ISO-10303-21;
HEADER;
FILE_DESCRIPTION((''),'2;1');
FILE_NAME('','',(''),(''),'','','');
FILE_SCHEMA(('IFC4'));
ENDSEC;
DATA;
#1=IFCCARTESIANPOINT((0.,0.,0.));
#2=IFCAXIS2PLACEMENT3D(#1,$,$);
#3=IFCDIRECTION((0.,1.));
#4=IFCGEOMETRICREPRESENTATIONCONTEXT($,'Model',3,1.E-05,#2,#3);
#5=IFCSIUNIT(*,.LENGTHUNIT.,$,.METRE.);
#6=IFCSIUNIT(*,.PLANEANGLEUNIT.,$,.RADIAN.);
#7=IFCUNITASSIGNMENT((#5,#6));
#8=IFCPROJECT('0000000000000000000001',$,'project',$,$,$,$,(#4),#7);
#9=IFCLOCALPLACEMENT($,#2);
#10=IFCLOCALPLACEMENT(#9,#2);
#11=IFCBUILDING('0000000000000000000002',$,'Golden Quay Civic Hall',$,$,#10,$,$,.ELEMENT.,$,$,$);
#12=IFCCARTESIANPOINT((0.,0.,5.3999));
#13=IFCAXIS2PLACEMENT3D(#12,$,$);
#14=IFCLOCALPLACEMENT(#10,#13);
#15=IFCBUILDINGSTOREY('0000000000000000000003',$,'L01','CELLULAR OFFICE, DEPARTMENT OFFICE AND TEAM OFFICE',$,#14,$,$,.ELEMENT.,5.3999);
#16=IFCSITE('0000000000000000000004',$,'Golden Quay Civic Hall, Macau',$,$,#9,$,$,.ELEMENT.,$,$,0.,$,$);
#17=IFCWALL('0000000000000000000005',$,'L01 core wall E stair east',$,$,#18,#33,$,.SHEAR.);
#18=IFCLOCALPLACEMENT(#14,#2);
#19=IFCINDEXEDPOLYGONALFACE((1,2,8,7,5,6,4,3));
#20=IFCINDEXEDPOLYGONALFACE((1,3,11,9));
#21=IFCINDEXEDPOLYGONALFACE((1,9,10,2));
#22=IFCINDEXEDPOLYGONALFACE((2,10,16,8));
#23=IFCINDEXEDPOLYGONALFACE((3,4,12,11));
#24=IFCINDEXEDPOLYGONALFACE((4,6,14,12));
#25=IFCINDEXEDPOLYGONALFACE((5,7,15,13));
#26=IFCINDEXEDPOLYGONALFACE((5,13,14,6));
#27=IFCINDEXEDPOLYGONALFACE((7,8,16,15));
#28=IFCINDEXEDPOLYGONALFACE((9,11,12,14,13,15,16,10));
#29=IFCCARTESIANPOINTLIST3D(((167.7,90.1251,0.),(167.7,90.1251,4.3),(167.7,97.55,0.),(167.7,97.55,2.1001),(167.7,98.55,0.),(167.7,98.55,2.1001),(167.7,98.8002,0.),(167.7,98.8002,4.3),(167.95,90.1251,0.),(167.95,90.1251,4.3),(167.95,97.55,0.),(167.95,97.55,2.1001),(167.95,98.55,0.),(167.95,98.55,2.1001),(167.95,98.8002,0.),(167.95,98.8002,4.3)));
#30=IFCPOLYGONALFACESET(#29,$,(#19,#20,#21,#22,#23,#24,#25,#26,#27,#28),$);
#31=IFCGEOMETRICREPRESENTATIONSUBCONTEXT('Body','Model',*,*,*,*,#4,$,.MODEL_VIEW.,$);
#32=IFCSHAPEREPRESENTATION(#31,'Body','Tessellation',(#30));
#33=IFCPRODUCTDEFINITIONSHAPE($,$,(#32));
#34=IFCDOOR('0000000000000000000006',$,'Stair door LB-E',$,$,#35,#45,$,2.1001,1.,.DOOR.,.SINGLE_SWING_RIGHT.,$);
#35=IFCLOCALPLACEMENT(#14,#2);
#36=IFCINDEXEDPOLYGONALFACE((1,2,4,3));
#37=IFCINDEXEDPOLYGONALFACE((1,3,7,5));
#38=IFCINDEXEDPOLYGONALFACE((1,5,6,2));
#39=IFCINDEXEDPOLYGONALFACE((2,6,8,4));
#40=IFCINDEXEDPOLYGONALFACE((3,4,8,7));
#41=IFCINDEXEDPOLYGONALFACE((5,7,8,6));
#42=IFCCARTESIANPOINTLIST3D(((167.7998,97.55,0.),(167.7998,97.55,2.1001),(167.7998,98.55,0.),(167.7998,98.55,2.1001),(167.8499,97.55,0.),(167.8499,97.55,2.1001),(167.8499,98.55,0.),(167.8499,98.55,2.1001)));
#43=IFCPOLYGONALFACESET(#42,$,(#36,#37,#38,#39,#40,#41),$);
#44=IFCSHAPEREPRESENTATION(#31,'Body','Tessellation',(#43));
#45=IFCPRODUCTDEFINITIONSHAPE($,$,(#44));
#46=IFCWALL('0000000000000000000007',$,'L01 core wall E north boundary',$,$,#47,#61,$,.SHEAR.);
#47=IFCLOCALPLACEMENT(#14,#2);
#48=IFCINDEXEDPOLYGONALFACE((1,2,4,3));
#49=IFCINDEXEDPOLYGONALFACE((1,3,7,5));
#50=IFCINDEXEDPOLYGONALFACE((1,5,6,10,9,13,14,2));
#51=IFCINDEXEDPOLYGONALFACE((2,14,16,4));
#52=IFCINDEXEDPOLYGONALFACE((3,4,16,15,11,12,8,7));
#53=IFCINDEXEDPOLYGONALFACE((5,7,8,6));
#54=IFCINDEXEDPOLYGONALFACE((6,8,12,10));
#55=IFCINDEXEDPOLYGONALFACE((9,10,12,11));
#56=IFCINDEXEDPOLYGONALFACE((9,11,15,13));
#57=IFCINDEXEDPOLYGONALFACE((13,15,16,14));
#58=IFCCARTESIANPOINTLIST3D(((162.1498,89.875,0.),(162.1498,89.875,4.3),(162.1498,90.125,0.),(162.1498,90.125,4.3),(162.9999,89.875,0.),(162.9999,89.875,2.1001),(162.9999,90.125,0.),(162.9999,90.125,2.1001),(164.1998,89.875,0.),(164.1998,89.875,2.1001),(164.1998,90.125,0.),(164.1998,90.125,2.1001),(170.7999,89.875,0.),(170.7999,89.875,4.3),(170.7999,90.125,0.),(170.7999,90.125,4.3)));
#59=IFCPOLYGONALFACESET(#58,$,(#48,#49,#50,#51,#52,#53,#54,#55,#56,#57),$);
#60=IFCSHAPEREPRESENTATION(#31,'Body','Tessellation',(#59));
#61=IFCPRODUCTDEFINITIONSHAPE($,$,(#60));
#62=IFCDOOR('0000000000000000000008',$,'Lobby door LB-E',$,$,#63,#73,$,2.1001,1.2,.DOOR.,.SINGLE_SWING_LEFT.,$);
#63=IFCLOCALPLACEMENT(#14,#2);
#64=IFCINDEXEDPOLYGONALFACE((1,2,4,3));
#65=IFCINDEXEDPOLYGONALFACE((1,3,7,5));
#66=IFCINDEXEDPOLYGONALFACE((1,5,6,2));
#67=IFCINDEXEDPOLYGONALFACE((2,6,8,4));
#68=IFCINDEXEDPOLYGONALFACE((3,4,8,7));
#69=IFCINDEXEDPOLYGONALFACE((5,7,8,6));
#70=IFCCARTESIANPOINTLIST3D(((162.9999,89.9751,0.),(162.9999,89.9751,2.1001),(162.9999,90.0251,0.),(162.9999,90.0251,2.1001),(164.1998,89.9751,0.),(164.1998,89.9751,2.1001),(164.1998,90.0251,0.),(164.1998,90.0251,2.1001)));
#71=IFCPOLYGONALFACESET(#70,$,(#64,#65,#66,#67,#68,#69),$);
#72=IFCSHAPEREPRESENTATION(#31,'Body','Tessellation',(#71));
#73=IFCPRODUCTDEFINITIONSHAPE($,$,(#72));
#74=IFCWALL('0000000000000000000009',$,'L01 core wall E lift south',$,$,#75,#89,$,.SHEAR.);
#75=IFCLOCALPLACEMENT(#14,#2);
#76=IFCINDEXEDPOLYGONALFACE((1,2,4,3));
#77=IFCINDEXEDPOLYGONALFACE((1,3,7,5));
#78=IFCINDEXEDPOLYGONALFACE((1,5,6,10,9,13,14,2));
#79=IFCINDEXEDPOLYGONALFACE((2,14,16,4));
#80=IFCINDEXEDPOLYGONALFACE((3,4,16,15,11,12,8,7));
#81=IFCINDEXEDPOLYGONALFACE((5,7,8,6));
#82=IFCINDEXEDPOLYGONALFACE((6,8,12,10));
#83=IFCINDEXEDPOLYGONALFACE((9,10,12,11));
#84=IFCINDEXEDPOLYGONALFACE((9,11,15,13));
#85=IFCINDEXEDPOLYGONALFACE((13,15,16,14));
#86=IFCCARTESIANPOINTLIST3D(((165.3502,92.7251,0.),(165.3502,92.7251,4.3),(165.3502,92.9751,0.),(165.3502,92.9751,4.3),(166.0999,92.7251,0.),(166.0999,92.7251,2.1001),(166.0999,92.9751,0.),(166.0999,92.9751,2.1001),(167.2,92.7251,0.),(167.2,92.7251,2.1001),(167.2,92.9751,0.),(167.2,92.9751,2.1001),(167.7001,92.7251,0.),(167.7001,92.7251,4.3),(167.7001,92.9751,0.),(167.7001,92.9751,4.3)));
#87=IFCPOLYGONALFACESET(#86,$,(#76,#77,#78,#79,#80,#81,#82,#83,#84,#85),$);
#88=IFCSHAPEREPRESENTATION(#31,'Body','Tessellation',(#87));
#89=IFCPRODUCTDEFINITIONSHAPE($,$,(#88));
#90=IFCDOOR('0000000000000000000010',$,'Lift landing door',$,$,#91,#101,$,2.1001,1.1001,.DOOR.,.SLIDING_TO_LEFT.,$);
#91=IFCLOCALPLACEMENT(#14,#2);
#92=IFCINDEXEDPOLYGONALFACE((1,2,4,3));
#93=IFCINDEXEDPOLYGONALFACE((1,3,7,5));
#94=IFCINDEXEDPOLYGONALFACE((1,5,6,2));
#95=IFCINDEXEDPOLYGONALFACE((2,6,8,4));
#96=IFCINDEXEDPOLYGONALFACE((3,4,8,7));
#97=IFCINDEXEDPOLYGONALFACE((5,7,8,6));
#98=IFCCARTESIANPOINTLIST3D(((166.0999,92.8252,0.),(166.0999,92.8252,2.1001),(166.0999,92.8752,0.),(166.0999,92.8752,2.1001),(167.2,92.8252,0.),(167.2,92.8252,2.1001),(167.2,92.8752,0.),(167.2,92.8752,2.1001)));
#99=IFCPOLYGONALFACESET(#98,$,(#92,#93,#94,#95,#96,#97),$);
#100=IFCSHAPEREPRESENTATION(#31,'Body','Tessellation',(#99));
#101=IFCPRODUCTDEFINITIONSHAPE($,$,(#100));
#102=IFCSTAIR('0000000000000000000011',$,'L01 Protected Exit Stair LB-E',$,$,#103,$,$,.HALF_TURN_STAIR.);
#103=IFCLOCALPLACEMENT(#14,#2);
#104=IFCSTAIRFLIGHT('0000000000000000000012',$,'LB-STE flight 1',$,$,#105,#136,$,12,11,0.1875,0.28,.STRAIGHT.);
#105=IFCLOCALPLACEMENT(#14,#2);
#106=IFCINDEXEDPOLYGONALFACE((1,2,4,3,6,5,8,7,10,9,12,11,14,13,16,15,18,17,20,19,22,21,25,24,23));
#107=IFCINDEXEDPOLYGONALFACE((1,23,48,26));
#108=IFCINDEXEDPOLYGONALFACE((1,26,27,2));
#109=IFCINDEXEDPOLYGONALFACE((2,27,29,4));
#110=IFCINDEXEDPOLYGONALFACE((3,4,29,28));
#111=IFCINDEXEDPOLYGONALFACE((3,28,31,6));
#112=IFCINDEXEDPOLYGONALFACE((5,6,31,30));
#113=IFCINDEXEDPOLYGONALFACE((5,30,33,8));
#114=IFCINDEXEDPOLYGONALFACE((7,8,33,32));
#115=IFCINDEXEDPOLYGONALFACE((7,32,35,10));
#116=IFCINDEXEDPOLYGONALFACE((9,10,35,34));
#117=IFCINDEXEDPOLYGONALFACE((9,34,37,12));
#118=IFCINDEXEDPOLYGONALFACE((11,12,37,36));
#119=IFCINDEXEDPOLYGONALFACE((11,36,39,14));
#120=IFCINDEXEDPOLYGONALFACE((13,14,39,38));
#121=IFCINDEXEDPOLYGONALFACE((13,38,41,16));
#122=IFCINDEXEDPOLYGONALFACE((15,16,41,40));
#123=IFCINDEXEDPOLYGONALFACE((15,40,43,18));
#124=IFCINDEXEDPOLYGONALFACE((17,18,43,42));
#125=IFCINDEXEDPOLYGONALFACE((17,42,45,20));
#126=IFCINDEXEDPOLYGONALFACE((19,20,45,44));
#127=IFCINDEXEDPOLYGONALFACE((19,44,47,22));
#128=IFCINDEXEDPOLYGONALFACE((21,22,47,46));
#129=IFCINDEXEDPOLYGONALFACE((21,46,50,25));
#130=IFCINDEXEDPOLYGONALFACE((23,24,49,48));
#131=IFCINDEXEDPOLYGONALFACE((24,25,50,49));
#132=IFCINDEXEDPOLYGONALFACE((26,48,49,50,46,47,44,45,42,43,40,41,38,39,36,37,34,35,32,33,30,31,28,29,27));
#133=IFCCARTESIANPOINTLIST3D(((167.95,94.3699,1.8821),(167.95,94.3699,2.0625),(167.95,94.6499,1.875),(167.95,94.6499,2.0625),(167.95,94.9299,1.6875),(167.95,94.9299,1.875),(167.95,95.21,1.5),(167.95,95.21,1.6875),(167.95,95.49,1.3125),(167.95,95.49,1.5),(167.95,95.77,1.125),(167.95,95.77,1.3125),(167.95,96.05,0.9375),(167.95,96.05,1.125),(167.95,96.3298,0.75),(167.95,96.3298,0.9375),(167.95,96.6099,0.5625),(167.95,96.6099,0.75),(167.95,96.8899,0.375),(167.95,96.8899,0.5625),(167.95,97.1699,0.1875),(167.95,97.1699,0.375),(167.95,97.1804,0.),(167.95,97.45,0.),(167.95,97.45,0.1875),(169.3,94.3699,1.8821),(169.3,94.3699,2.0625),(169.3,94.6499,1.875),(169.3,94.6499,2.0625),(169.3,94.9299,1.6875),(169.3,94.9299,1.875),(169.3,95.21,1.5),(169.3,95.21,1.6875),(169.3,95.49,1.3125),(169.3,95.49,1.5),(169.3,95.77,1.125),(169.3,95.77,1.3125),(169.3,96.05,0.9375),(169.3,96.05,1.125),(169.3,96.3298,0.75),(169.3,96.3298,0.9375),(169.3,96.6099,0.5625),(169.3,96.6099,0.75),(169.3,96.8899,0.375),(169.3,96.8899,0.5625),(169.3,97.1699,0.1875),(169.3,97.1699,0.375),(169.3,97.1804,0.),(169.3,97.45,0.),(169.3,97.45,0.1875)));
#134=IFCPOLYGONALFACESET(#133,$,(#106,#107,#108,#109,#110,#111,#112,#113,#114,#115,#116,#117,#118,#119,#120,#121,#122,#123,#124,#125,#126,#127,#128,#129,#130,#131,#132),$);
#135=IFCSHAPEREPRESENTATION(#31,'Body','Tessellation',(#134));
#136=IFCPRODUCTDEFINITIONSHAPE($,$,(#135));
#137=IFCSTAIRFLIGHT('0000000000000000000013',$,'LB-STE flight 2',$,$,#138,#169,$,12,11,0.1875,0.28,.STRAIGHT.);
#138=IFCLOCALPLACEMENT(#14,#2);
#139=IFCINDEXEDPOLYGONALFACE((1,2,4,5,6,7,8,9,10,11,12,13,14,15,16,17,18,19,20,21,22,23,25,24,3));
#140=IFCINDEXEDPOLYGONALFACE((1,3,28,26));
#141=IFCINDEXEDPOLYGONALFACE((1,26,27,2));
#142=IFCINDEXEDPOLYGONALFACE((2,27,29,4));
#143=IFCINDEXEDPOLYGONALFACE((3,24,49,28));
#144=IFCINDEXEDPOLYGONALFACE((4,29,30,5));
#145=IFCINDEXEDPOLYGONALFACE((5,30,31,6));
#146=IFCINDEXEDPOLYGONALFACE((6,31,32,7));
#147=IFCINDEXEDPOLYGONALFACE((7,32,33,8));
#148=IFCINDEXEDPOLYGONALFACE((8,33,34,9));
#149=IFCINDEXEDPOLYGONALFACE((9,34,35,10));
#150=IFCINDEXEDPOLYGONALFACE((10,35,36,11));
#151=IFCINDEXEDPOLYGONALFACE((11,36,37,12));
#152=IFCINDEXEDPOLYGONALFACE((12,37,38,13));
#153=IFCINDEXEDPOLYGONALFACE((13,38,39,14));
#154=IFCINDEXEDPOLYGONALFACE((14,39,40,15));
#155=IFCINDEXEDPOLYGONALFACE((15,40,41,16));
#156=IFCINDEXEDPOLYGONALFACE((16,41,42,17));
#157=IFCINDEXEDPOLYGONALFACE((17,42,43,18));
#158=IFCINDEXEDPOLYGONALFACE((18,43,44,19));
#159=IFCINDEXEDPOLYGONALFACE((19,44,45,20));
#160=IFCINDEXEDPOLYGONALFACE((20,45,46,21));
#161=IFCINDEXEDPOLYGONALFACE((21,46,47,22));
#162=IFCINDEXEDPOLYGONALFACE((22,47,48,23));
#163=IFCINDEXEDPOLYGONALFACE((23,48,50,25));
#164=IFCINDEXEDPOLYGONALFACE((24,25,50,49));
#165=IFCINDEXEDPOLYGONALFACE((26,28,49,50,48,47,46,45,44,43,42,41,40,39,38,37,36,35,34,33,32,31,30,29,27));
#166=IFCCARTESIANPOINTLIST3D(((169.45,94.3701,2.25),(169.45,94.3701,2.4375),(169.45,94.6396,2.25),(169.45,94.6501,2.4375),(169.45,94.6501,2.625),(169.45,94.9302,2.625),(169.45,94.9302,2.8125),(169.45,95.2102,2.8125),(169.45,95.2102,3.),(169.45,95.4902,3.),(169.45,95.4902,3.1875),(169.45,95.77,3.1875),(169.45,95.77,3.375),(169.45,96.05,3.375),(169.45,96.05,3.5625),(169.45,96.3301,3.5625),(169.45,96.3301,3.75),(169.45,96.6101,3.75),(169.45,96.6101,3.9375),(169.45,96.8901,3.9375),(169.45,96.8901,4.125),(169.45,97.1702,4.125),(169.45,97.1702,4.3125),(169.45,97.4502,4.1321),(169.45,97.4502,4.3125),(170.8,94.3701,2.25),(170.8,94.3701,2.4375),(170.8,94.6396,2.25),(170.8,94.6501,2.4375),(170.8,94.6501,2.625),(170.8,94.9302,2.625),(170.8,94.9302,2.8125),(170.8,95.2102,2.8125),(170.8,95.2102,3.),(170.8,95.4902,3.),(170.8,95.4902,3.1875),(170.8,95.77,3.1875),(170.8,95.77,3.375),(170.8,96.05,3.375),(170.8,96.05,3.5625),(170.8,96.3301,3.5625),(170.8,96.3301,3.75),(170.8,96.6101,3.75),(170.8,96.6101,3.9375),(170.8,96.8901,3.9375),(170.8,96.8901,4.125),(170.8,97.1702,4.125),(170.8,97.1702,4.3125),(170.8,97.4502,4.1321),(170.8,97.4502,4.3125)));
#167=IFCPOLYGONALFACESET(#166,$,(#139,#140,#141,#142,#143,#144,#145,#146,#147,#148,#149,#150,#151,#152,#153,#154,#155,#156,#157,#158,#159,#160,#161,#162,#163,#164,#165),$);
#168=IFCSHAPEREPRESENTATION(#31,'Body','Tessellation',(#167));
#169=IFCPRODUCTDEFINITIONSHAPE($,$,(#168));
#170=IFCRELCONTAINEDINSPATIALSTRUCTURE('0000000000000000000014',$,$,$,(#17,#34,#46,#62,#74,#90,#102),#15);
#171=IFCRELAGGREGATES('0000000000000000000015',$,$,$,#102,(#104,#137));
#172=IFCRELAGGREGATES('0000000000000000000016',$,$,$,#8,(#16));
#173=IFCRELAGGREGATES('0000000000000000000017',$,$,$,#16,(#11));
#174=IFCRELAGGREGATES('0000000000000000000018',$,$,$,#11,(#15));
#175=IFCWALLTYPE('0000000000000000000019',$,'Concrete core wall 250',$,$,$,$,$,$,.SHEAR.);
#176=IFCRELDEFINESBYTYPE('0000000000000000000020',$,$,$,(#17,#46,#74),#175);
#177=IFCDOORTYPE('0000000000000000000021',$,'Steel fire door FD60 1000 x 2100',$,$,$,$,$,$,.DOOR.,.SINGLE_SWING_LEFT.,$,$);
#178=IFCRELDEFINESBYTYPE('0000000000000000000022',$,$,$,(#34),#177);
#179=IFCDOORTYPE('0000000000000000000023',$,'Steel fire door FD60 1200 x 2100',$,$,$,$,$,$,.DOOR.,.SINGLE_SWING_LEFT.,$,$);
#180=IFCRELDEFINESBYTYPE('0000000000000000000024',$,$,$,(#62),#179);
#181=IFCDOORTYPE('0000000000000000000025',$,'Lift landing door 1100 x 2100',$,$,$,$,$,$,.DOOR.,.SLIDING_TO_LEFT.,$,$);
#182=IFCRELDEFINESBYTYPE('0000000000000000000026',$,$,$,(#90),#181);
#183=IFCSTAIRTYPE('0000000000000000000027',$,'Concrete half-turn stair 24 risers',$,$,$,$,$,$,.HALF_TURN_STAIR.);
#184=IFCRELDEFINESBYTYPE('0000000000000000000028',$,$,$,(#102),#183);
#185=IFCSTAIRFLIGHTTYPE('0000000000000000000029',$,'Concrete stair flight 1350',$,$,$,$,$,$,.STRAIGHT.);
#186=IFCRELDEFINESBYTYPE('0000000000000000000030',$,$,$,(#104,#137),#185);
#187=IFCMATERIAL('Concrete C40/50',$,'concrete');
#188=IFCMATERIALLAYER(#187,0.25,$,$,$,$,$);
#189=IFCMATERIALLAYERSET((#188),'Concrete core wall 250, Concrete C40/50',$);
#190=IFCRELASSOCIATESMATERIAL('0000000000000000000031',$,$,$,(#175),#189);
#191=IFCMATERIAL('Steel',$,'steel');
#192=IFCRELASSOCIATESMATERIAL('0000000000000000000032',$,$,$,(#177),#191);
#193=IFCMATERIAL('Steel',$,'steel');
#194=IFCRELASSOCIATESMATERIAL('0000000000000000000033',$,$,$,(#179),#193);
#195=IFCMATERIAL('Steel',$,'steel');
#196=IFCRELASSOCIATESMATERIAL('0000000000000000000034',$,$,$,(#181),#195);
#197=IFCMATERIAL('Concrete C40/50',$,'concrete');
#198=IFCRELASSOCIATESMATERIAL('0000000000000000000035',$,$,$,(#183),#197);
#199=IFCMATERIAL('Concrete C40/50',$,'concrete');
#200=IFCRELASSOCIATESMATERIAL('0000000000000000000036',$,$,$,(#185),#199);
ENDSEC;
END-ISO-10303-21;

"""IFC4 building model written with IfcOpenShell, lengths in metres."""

from ifc_helpers import new_model, si_unit, direction, frame, frame_2d, origin, place, context, subcontext, project, spatial, polyline, rectangle, outline, extrude, material, layer, layer_set, type_object, element, fill, aggregate, save


model = new_model("IFC4")

# Units and contexts
model_context = context("Model", 3, precision=1e-05, world=origin(), true_north=direction((0.0, 1.0)))
body_context = subcontext(model_context, "Body", "Model", "MODEL_VIEW")
ifc_project = project(units=[si_unit("LENGTHUNIT", "METRE"), si_unit("PLANEANGLEUNIT", "RADIAN")], contexts=[model_context])

# Site, building, storey
site_placement = place(None, origin())
site = spatial("IfcSite", under=ifc_project, at=site_placement, Name="Golden Quay Civic Hall, Macau", CompositionType="ELEMENT", RefElevation=0.0)
building_placement = place(site_placement, origin())
building = spatial("IfcBuilding", under=site, at=building_placement, Name="Golden Quay Civic Hall", CompositionType="ELEMENT")
storey_placement = place(building_placement, frame((0.0, 0.0, 5.3999)))
storey = spatial("IfcBuildingStorey", under=building, at=storey_placement, Name="L01", Description="CELLULAR OFFICE, DEPARTMENT OFFICE AND TEAM OFFICE", CompositionType="ELEMENT", Elevation=5.3999)

# Walls, openings, doors
ifc_material_1 = material(Name="Concrete C40/50", Category="concrete")
ifc_layer = layer(ifc_material_1, 0.25)
ifc_layer_set = layer_set([ifc_layer], Name="Concrete core wall 250, Concrete C40/50")
wall_type = type_object("IfcWallType", Name="Concrete core wall 250", PredefinedType="SHEAR", material=ifc_layer_set)
wall_1_placement = place(storey_placement, frame((167.825, 98.8, 0.0), z_axis=(0.0, 0.0, 1.0), x_axis=(0.0, -1.0, 0.0)))
wall_1 = element("IfcWall", 1, at=wall_1_placement, inside=storey, type_object=wall_type, Name="L01 core wall E stair east", PredefinedType="SHEAR", context=body_context, shape_type="SweptSolid", body=[
    extrude(rectangle(XDim=8.675, YDim=0.25, at=frame_2d((4.3374, 0.0))), origin(), (0.0, 0.0, 1.0), 4.3),
])
opening_1_placement = place(wall_1_placement, frame((0.25, 0.0, 0.0)))
opening_1 = element("IfcOpeningElement", 2, at=opening_1_placement, cuts=wall_1, PredefinedType="OPENING", context=body_context, shape_type="SweptSolid", body=[
    extrude(rectangle(XDim=1.0, YDim=2.1001, at=frame_2d((0.5, 1.05))), frame((0.0, 0.135, 0.0), z_axis=(0.0, -1.0, 0.0), x_axis=(1.0, 0.0, 0.0)), (0.0, 0.0, 1.0), 0.27),
])
ifc_material_2 = material(Name="Steel", Category="steel")
door_type_1 = type_object("IfcDoorType", Name="Steel fire door FD60 1000 x 2100", OperationType="SINGLE_SWING_LEFT", PredefinedType="DOOR", material=ifc_material_2)
door_1_placement = place(opening_1_placement, frame((1.0, 0.0, 0.0), z_axis=(0.0, 0.0, 1.0), x_axis=(-1.0, 0.0, 0.0)))
door_1 = element("IfcDoor", 3, at=door_1_placement, inside=storey, type_object=door_type_1, Name="Stair door LB-E", OperationType="SINGLE_SWING_RIGHT", OverallHeight=2.1001, OverallWidth=1.0, PredefinedType="DOOR", context=body_context, shape_type="SweptSolid", body=[
    extrude(rectangle(XDim=1.0, YDim=2.1001, at=frame_2d((0.5, 1.05))), frame((0.0, 0.0251, 0.0), z_axis=(0.0, -1.0, 0.0), x_axis=(1.0, 0.0, 0.0)), (0.0, 0.0, 1.0), 0.05),
])
fill(opening_1, door_1)
wall_2_placement = place(storey_placement, frame((170.8, 90.0, 0.0), z_axis=(0.0, 0.0, 1.0), x_axis=(-1.0, 0.0, 0.0)))
wall_2 = element("IfcWall", 4, at=wall_2_placement, inside=storey, type_object=wall_type, Name="L01 core wall E north boundary", PredefinedType="SHEAR", context=body_context, shape_type="SweptSolid", body=[
    extrude(rectangle(XDim=8.6501, YDim=0.25, at=frame_2d((4.3252, 0.0))), origin(), (0.0, 0.0, 1.0), 4.3),
])
opening_2_placement = place(wall_2_placement, frame((6.6001, 0.0, 0.0)))
opening_2 = element("IfcOpeningElement", 5, at=opening_2_placement, cuts=wall_2, PredefinedType="OPENING", context=body_context, shape_type="SweptSolid", body=[
    extrude(rectangle(XDim=1.2, YDim=2.1001, at=frame_2d((0.6001, 1.05))), frame((0.0, 0.135, 0.0), z_axis=(0.0, -1.0, 0.0), x_axis=(1.0, 0.0, 0.0)), (0.0, 0.0, 1.0), 0.27),
])
ifc_material_3 = material(Name="Steel", Category="steel")
door_type_2 = type_object("IfcDoorType", Name="Steel fire door FD60 1200 x 2100", OperationType="SINGLE_SWING_LEFT", PredefinedType="DOOR", material=ifc_material_3)
door_2_placement = place(opening_2_placement, origin())
door_2 = element("IfcDoor", 6, at=door_2_placement, inside=storey, type_object=door_type_2, Name="Lobby door LB-E", OperationType="SINGLE_SWING_LEFT", OverallHeight=2.1001, OverallWidth=1.2, PredefinedType="DOOR", context=body_context, shape_type="SweptSolid", body=[
    extrude(rectangle(XDim=1.2, YDim=2.1001, at=frame_2d((0.6001, 1.05))), frame((0.0, 0.0249, 0.0), z_axis=(0.0, -1.0, 0.0), x_axis=(1.0, 0.0, 0.0)), (0.0, 0.0, 1.0), 0.05),
])
fill(opening_2, door_2)
wall_3_placement = place(storey_placement, frame((167.7, 92.8501, 0.0), z_axis=(0.0, 0.0, 1.0), x_axis=(-1.0, 0.0, 0.0)))
wall_3 = element("IfcWall", 7, at=wall_3_placement, inside=storey, type_object=wall_type, Name="L01 core wall E lift south", PredefinedType="SHEAR", context=body_context, shape_type="SweptSolid", body=[
    extrude(rectangle(XDim=2.3499, YDim=0.25, at=frame_2d((1.1748, 0.0))), origin(), (0.0, 0.0, 1.0), 4.3),
])
opening_3_placement = place(wall_3_placement, frame((0.5, 0.0, 0.0)))
opening_3 = element("IfcOpeningElement", 8, at=opening_3_placement, cuts=wall_3, PredefinedType="OPENING", context=body_context, shape_type="SweptSolid", body=[
    extrude(rectangle(XDim=1.1001, YDim=2.1001, at=frame_2d((0.55, 1.05))), frame((0.0, 0.135, 0.0), z_axis=(0.0, -1.0, 0.0), x_axis=(1.0, 0.0, 0.0)), (0.0, 0.0, 1.0), 0.27),
])
ifc_material_4 = material(Name="Steel", Category="steel")
door_type_3 = type_object("IfcDoorType", Name="Lift landing door 1100 x 2100", OperationType="SLIDING_TO_LEFT", PredefinedType="DOOR", material=ifc_material_4)
door_3_placement = place(opening_3_placement, origin())
door_3 = element("IfcDoor", 9, at=door_3_placement, inside=storey, type_object=door_type_3, Name="Lift landing door", OperationType="SLIDING_TO_LEFT", OverallHeight=2.1001, OverallWidth=1.1001, PredefinedType="DOOR", context=body_context, shape_type="SweptSolid", body=[
    extrude(rectangle(XDim=1.1001, YDim=2.1001, at=frame_2d((0.55, 1.05))), frame((0.0, 0.0249, 0.0), z_axis=(0.0, -1.0, 0.0), x_axis=(1.0, 0.0, 0.0)), (0.0, 0.0, 1.0), 0.05),
])
fill(opening_3, door_3)

# Stair, stair flights
ifc_material_5 = material(Name="Concrete C40/50", Category="concrete")
stair_type = type_object("IfcStairType", Name="Concrete half-turn stair 24 risers", PredefinedType="HALF_TURN_STAIR", material=ifc_material_5)
stair_placement = place(storey_placement, origin())
stair = element("IfcStair", 10, at=stair_placement, inside=storey, type_object=stair_type, Name="L01 Protected Exit Stair LB-E", PredefinedType="HALF_TURN_STAIR")
ifc_material_6 = material(Name="Concrete C40/50", Category="concrete")
stair_flight_type = type_object("IfcStairFlightType", Name="Concrete stair flight 1350", PredefinedType="STRAIGHT", material=ifc_material_6)
stair_flight_1_placement = place(storey_placement, frame((168.625, 97.45, 0.0), z_axis=(0.0, 0.0, 1.0), x_axis=(0.0, -1.0, 0.0)))
stair_flight_1 = element("IfcStairFlight", 11, at=stair_flight_1_placement, type_object=stair_flight_type, Name="LB-STE flight 1", NumberOfRisers=12, NumberOfTreads=11, PredefinedType="STRAIGHT", RiserHeight=0.1875, TreadLength=0.28, context=body_context, shape_type="SweptSolid", body=[
    extrude(outline(polyline([(0.0, 0.0), (0.0, 0.1875), (0.28, 0.1875), (0.28, 0.375), (0.5601, 0.375), (0.5601, 0.5625), (0.8401, 0.5625), (0.8401, 0.75), (1.1201, 0.75), (1.1201, 0.9375), (1.3999, 0.9375), (1.3999, 1.125), (1.6799, 1.125), (1.6799, 1.3125), (1.96, 1.3125), (1.96, 1.5), (2.24, 1.5), (2.24, 1.6875), (2.52, 1.6875), (2.52, 1.875), (2.8, 1.875), (2.8, 2.0625), (3.0801, 2.0625), (3.0801, 2.25), (3.0801, 1.8821), (0.2695, 0.0), (0.0, 0.0)])), frame((0.0, 0.675, 0.0), z_axis=(0.0, -1.0, 0.0), x_axis=(1.0, 0.0, 0.0)), (0.0, 0.0, 1.0), 1.35),
])
stair_flight_2_placement = place(storey_placement, frame((170.125, 94.3701, 2.25), z_axis=(0.0, 0.0, 1.0), x_axis=(0.0, 1.0, 0.0)))
stair_flight_2 = element("IfcStairFlight", 12, at=stair_flight_2_placement, type_object=stair_flight_type, Name="LB-STE flight 2", NumberOfRisers=12, NumberOfTreads=11, PredefinedType="STRAIGHT", RiserHeight=0.1875, TreadLength=0.28, context=body_context, shape_type="SweptSolid", body=[
    extrude(outline(polyline([(0.0, 0.0), (0.0, 0.1875), (0.28, 0.1875), (0.28, 0.375), (0.5601, 0.375), (0.5601, 0.5625), (0.8401, 0.5625), (0.8401, 0.75), (1.1201, 0.75), (1.1201, 0.9375), (1.3999, 0.9375), (1.3999, 1.125), (1.6799, 1.125), (1.6799, 1.3125), (1.96, 1.3125), (1.96, 1.5), (2.24, 1.5), (2.24, 1.6875), (2.52, 1.6875), (2.52, 1.875), (2.8, 1.875), (2.8, 2.0625), (3.0801, 2.0625), (3.0801, 2.25), (3.0801, 1.8821), (0.2695, 0.0), (0.0, 0.0)])), frame((0.0, 0.675, 0.0), z_axis=(0.0, -1.0, 0.0), x_axis=(1.0, 0.0, 0.0)), (0.0, 0.0, 1.0), 1.35),
])
aggregate(stair, [stair_flight_1, stair_flight_2])

save(model, "model.ifc")
